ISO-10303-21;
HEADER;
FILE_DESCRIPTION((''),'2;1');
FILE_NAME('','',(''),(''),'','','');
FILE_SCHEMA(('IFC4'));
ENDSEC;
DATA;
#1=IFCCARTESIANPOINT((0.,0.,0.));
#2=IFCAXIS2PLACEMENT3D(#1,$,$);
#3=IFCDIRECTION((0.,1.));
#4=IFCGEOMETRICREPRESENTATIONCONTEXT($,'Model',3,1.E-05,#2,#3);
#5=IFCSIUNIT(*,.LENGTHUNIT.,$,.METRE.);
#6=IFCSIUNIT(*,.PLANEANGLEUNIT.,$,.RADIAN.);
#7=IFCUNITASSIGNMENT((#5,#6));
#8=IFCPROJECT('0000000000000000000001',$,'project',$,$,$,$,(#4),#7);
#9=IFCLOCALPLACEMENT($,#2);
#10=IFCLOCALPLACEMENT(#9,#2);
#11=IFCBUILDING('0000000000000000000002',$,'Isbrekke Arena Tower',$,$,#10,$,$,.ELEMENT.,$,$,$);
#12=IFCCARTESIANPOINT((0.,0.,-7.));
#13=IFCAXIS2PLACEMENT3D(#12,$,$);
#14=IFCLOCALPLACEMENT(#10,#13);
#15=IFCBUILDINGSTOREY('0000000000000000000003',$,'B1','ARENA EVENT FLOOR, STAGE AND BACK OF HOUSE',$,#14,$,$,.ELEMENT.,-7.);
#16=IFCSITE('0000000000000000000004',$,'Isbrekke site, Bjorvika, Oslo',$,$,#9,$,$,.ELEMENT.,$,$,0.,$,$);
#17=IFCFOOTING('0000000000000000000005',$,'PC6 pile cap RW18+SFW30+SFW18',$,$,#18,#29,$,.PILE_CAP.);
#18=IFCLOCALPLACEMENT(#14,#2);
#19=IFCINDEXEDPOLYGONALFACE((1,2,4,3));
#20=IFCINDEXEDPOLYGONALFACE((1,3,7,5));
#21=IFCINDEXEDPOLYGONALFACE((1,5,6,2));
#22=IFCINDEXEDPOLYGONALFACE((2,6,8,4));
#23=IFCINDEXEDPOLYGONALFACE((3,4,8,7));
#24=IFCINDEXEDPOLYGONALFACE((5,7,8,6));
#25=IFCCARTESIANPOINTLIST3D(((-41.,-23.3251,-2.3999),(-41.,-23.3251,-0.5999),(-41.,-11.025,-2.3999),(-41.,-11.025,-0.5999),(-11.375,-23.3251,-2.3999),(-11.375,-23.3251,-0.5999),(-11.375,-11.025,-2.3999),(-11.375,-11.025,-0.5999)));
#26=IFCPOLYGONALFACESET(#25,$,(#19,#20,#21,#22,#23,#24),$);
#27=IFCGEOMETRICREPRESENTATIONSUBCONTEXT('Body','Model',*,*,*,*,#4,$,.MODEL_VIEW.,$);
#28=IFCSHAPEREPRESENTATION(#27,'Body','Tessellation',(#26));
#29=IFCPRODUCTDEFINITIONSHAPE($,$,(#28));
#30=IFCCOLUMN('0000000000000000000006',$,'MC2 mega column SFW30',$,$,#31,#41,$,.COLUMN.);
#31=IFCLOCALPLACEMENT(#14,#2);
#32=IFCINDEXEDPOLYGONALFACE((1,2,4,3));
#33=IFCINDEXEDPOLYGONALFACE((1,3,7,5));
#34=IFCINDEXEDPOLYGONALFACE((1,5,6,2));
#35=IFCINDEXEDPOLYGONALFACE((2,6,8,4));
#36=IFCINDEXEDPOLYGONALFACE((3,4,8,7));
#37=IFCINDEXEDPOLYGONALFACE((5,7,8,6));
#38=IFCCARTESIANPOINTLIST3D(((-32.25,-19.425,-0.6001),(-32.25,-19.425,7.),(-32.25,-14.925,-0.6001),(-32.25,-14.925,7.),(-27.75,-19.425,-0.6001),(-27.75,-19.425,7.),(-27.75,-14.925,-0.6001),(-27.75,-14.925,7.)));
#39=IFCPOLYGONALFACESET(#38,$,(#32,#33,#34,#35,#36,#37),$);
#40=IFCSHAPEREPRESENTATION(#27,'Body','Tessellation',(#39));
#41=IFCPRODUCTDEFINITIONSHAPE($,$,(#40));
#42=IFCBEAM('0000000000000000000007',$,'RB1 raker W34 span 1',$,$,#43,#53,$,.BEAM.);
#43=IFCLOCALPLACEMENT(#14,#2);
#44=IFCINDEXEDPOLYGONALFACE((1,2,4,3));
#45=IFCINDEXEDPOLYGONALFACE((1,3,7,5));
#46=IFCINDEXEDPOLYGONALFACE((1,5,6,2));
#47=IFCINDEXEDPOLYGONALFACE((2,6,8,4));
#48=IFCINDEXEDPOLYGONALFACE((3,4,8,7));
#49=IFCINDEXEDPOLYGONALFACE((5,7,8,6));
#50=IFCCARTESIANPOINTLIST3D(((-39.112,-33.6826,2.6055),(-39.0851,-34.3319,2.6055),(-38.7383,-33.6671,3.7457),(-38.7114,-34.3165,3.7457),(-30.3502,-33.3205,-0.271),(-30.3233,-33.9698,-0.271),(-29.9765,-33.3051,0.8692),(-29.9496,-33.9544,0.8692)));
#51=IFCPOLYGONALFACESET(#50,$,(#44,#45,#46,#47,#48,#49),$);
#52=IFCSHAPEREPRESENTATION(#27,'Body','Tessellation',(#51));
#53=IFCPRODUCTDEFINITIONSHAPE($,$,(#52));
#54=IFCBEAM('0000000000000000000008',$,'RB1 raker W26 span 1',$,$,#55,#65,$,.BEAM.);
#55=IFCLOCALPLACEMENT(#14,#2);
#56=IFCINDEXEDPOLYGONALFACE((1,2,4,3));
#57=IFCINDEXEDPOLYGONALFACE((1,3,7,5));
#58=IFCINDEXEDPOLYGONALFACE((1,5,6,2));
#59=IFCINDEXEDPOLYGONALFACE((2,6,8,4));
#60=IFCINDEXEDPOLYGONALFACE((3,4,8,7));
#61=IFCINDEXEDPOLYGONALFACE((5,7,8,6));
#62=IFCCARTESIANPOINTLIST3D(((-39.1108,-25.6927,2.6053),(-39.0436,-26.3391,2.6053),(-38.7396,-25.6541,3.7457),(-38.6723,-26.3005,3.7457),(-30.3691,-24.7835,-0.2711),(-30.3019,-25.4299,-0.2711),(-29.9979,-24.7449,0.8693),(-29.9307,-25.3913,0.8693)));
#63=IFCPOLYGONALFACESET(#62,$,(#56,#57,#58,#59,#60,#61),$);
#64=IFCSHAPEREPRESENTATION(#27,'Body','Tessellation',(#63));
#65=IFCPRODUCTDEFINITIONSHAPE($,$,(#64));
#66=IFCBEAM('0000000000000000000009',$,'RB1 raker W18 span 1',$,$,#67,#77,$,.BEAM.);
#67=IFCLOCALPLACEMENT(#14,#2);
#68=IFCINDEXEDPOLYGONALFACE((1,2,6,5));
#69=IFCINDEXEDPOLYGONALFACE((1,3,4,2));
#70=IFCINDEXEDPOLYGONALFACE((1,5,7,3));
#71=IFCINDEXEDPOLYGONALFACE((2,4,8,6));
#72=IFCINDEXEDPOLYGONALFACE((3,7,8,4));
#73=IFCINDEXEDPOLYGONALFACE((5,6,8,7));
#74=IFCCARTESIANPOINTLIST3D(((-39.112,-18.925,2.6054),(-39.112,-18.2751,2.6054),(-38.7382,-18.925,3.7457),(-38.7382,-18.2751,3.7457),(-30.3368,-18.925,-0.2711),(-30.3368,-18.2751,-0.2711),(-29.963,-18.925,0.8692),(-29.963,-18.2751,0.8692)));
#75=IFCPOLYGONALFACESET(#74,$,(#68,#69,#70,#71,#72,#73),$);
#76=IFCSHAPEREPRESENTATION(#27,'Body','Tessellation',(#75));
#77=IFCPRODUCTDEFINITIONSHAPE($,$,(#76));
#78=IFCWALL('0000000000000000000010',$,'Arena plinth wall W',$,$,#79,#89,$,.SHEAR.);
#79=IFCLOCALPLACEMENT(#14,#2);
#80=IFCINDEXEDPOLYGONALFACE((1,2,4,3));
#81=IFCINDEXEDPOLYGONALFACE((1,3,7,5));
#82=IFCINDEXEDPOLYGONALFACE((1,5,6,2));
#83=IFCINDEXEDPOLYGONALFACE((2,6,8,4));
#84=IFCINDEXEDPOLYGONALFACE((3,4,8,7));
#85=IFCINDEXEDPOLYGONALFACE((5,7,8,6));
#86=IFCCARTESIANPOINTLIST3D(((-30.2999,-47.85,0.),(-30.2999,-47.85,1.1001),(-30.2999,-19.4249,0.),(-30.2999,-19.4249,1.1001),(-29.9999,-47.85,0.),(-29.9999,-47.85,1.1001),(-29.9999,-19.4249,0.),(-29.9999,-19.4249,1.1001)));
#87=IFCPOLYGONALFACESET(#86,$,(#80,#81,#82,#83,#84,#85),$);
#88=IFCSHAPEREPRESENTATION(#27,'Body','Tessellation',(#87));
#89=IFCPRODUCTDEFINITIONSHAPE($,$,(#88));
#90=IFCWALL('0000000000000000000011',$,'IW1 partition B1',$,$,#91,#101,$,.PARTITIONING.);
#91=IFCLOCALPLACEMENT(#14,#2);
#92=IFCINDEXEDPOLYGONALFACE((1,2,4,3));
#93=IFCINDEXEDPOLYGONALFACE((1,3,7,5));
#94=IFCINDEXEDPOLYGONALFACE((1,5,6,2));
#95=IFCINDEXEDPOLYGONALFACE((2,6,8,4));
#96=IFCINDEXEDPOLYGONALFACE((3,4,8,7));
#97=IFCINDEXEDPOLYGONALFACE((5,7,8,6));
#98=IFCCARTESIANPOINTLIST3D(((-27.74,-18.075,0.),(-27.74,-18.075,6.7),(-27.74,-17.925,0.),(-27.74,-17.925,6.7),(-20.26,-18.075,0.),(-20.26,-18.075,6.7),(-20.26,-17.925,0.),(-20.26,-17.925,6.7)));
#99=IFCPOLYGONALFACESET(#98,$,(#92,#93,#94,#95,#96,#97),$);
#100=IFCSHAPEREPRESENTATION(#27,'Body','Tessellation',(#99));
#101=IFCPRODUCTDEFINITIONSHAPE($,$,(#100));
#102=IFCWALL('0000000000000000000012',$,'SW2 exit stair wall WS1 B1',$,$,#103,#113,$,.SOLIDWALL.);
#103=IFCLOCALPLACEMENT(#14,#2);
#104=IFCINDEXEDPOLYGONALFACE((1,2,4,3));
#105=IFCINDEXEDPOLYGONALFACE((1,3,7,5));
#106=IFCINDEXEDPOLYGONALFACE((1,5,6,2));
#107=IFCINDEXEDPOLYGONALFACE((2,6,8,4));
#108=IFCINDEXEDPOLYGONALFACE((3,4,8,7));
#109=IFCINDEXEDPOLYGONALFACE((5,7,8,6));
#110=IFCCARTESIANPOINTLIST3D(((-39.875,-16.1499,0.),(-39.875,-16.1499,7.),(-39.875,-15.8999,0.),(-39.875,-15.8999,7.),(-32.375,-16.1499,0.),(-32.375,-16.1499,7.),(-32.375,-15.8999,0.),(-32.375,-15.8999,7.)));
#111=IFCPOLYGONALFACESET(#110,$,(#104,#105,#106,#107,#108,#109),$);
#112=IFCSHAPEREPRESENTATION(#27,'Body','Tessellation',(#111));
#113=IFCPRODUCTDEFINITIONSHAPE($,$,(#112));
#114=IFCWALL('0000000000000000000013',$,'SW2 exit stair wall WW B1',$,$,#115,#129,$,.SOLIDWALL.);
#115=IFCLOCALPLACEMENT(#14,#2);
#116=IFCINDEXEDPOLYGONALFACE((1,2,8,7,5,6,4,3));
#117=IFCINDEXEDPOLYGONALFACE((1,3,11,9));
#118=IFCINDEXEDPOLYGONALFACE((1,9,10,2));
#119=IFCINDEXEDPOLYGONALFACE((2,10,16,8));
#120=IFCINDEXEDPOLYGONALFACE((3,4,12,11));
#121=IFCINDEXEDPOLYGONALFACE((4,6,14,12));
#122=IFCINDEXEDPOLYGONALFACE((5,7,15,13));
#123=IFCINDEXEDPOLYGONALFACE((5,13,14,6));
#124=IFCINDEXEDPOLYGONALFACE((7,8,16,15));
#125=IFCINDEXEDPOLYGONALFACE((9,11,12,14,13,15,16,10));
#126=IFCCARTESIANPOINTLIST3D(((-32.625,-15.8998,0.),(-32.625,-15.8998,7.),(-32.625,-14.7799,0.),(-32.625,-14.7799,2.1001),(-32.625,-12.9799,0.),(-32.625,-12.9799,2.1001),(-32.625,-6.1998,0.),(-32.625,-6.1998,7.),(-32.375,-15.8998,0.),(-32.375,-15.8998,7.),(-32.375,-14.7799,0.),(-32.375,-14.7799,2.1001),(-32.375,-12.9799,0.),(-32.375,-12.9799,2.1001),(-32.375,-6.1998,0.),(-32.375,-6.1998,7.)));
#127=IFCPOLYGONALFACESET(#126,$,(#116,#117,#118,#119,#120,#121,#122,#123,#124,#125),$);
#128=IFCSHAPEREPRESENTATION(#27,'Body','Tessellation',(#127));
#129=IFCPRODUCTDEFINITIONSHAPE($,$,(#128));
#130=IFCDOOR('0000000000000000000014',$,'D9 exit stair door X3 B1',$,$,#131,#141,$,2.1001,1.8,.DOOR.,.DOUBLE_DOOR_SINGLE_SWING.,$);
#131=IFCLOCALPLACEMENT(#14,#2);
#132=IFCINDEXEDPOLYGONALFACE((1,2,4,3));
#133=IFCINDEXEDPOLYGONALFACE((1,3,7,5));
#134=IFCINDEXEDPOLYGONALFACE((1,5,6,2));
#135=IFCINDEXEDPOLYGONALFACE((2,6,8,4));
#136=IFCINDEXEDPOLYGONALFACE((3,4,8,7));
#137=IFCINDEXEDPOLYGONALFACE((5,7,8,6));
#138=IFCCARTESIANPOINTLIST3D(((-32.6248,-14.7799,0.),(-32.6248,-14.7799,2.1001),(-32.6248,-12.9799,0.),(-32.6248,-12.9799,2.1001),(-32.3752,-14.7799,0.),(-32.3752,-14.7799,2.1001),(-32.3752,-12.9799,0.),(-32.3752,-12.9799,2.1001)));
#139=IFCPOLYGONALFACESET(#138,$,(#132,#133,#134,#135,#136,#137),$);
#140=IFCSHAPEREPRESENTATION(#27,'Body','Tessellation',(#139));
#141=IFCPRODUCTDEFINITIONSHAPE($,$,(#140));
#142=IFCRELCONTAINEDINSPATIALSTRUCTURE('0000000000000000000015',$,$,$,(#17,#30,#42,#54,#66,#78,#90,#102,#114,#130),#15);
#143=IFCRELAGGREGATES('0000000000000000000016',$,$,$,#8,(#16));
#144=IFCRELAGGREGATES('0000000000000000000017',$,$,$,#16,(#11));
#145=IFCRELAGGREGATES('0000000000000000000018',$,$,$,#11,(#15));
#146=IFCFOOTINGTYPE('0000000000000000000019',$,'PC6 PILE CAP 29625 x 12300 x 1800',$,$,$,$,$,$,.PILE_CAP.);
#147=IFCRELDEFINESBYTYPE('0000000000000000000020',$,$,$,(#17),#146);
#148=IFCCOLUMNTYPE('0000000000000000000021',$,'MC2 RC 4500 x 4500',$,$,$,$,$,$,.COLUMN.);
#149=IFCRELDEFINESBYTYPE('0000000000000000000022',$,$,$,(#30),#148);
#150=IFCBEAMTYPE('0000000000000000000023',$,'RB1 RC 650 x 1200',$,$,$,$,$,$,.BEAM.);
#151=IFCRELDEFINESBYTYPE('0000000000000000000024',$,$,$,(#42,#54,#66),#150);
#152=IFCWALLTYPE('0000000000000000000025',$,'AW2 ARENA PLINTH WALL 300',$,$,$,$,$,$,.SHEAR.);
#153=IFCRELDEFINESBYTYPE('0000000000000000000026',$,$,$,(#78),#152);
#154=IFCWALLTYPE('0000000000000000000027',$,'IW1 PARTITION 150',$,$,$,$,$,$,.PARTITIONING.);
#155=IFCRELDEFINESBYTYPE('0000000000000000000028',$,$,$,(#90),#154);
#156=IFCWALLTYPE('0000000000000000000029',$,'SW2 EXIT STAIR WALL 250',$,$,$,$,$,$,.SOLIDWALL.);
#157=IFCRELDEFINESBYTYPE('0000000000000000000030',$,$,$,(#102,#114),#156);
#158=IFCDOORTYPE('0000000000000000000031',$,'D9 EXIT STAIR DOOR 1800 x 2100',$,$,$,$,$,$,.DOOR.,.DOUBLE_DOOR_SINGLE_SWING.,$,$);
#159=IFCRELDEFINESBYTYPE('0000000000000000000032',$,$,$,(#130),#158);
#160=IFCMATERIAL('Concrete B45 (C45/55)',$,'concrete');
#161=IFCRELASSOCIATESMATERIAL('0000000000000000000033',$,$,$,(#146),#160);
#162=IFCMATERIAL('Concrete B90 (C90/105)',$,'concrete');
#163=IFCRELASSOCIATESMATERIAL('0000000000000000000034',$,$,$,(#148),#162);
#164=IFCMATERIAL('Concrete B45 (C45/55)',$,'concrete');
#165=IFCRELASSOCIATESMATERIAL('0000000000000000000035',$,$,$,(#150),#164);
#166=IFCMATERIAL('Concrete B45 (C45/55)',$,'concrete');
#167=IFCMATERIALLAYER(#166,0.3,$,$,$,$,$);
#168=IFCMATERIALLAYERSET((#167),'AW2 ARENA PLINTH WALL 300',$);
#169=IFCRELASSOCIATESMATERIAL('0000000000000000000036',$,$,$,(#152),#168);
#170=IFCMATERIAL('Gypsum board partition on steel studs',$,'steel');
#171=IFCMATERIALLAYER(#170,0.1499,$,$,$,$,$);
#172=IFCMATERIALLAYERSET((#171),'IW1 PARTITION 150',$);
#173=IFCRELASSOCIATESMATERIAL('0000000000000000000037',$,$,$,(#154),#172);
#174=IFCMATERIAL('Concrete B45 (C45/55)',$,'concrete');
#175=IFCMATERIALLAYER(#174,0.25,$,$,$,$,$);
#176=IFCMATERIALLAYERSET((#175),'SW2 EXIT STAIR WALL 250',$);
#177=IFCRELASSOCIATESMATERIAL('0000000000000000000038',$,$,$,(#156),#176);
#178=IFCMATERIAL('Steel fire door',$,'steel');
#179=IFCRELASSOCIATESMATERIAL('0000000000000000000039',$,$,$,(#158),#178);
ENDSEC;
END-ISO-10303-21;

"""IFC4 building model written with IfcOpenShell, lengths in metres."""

from ifc_helpers import new_model, si_unit, direction, frame, frame_2d, origin, origin_2d, place, context, subcontext, project, spatial, rectangle, extrude, material, layer, layer_set, material_profile, profile_set, type_object, element, fill, save


model = new_model("IFC4")

# Units and contexts
model_context = context("Model", 3, precision=1e-05, world=origin(), true_north=direction((0.0, 1.0)))
body_context = subcontext(model_context, "Body", "Model", "MODEL_VIEW")
ifc_project = project(units=[si_unit("LENGTHUNIT", "METRE"), si_unit("PLANEANGLEUNIT", "RADIAN")], contexts=[model_context])

# Site, building, storey
site_placement = place(None, origin())
site = spatial("IfcSite", under=ifc_project, at=site_placement, Name="Isbrekke site, Bjorvika, Oslo", CompositionType="ELEMENT", RefElevation=0.0)
building_placement = place(site_placement, origin())
building = spatial("IfcBuilding", under=site, at=building_placement, Name="Isbrekke Arena Tower", CompositionType="ELEMENT")
storey_placement = place(building_placement, frame((0.0, 0.0, -7.0)))
storey = spatial("IfcBuildingStorey", under=building, at=storey_placement, Name="B1", Description="ARENA EVENT FLOOR, STAGE AND BACK OF HOUSE", CompositionType="ELEMENT", Elevation=-7.0)

# Footing
ifc_material_1 = material(Name="Concrete B45 (C45/55)", Category="concrete")
footing_type = type_object("IfcFootingType", Name="PC6 PILE CAP 29625 x 12300 x 1800", PredefinedType="PILE_CAP", material=ifc_material_1)
footing_placement = place(storey_placement, frame((-26.1875, -17.175, -2.3999), z_axis=(0.0, 0.0, 1.0), x_axis=(1.0, 0.0, 0.0)))
element("IfcFooting", 1, at=footing_placement, inside=storey, type_object=footing_type, Name="PC6 pile cap RW18+SFW30+SFW18", PredefinedType="PILE_CAP", context=body_context, shape_type="SweptSolid", body=[
    extrude(rectangle(XDim=29.625, YDim=12.3, at=origin_2d()), origin(), (0.0, 0.0, 1.0), 1.8),
])

# Column
ifc_material_2 = material(Name="Concrete B90 (C90/105)", Category="concrete")
ifc_material_profile_1 = material_profile(ifc_material_2, rectangle(XDim=4.5, YDim=4.5, at=origin_2d()), Name="RC 4500x4500")
ifc_profile_set_1 = profile_set([ifc_material_profile_1], Name="Concrete B90 (C90/105)")
column_type = type_object("IfcColumnType", Name="MC2 RC 4500 x 4500", PredefinedType="COLUMN", material=ifc_profile_set_1)
column_placement = place(storey_placement, frame((-30.0, -17.175, -0.6001), z_axis=(0.0, 0.0, 1.0), x_axis=(1.0, 0.0, 0.0)))
element("IfcColumn", 2, at=column_placement, inside=storey, type_object=column_type, Name="MC2 mega column SFW30", PredefinedType="COLUMN", context=body_context, shape_type="SweptSolid", body=[
    extrude(rectangle(XDim=4.5, YDim=4.5, at=origin_2d()), origin(), (0.0, 0.0, 1.0), 7.6001),
])

# Beams
ifc_material_3 = material(Name="Concrete B45 (C45/55)", Category="concrete")
ifc_material_profile_2 = material_profile(ifc_material_3, rectangle(XDim=0.6499, YDim=1.2, at=origin_2d()), Name="RC 650x1200")
ifc_profile_set_2 = profile_set([ifc_material_profile_2], Name="Concrete B45 (C45/55)")
beam_type = type_object("IfcBeamType", Name="RB1 RC 650 x 1200", PredefinedType="BEAM", material=ifc_profile_set_2)
beam_1_placement = place(storey_placement, frame((-30.1499, -33.6375, 0.2991), z_axis=(-0.949377, -0.039231, 0.31168), x_axis=(0.041288, -0.999147, 0.0)))
element("IfcBeam", 3, at=beam_1_placement, inside=storey, type_object=beam_type, Name="RB1 raker W34 span 1", PredefinedType="BEAM", context=body_context, shape_type="SweptSolid", body=[
    extrude(rectangle(XDim=0.6499, YDim=1.2, at=origin_2d()), origin(), (0.0, 0.0, 1.0), 9.229),
])
beam_2_placement = place(storey_placement, frame((-30.1499, -25.0874, 0.2991), z_axis=(-0.945295, -0.098315, 0.31105), x_axis=(0.103447, -0.994635, 0.0)))
element("IfcBeam", 4, at=beam_2_placement, inside=storey, type_object=beam_type, Name="RB1 raker W26 span 1", PredefinedType="BEAM", context=body_context, shape_type="SweptSolid", body=[
    extrude(rectangle(XDim=0.6499, YDim=1.2, at=origin_2d()), origin(), (0.0, 0.0, 1.0), 9.2476),
])
beam_3_placement = place(storey_placement, frame((-30.1499, -18.6001, 0.2991), z_axis=(-0.95025, 0.0, 0.311489), x_axis=(0.0, -1.0, 0.0)))
element("IfcBeam", 5, at=beam_3_placement, inside=storey, type_object=beam_type, Name="RB1 raker W18 span 1", PredefinedType="BEAM", context=body_context, shape_type="SweptSolid", body=[
    extrude(rectangle(XDim=0.6499, YDim=1.2, at=origin_2d()), origin(), (0.0, 0.0, 1.0), 9.2346),
])

# Walls
ifc_material_4 = material(Name="Concrete B45 (C45/55)", Category="concrete")
ifc_layer_1 = layer(ifc_material_4, 0.3)
ifc_layer_set_1 = layer_set([ifc_layer_1], Name="AW2 ARENA PLINTH WALL 300")
wall_type_1 = type_object("IfcWallType", Name="AW2 ARENA PLINTH WALL 300", PredefinedType="SHEAR", material=ifc_layer_set_1)
wall_1_placement = place(storey_placement, frame((-30.1499, -19.425, 0.0), z_axis=(0.0, 0.0, 1.0), x_axis=(0.0, -1.0, 0.0)))
element("IfcWall", 6, at=wall_1_placement, inside=storey, type_object=wall_type_1, Name="Arena plinth wall W", PredefinedType="SHEAR", context=body_context, shape_type="SweptSolid", body=[
    extrude(rectangle(XDim=28.425, YDim=0.3, at=frame_2d((14.2124, 0.0))), origin(), (0.0, 0.0, 1.0), 1.1001),
])
ifc_material_5 = material(Name="Gypsum board partition on steel studs", Category="steel")
ifc_layer_2 = layer(ifc_material_5, 0.1499)
ifc_layer_set_2 = layer_set([ifc_layer_2], Name="IW1 PARTITION 150")
wall_type_2 = type_object("IfcWallType", Name="IW1 PARTITION 150", PredefinedType="PARTITIONING", material=ifc_layer_set_2)
wall_2_placement = place(storey_placement, frame((-27.74, -18.0, 0.0), z_axis=(0.0, 0.0, 1.0), x_axis=(1.0, 0.0, 0.0)))
element("IfcWall", 7, at=wall_2_placement, inside=storey, type_object=wall_type_2, Name="IW1 partition B1", PredefinedType="PARTITIONING", context=body_context, shape_type="SweptSolid", body=[
    extrude(rectangle(XDim=7.48, YDim=0.1499, at=frame_2d((3.74, 0.0))), origin(), (0.0, 0.0, 1.0), 6.7),
])
ifc_material_6 = material(Name="Concrete B45 (C45/55)", Category="concrete")
ifc_layer_3 = layer(ifc_material_6, 0.25)
ifc_layer_set_3 = layer_set([ifc_layer_3], Name="SW2 EXIT STAIR WALL 250")
wall_type_3 = type_object("IfcWallType", Name="SW2 EXIT STAIR WALL 250", PredefinedType="SOLIDWALL", material=ifc_layer_set_3)
wall_3_placement = place(storey_placement, frame((-32.375, -16.0249, 0.0), z_axis=(0.0, 0.0, 1.0), x_axis=(-1.0, 0.0, 0.0)))
element("IfcWall", 8, at=wall_3_placement, inside=storey, type_object=wall_type_3, Name="SW2 exit stair wall WS1 B1", PredefinedType="SOLIDWALL", context=body_context, shape_type="SweptSolid", body=[
    extrude(rectangle(XDim=7.5, YDim=0.25, at=frame_2d((3.75, 0.0))), origin(), (0.0, 0.0, 1.0), 7.0),
])

# Wall, opening, door
wall_4_placement = place(storey_placement, frame((-32.5, -15.8999, 0.0), z_axis=(0.0, 0.0, 1.0), x_axis=(0.0, 1.0, 0.0)))
wall_4 = element("IfcWall", 9, at=wall_4_placement, inside=storey, type_object=wall_type_3, Name="SW2 exit stair wall WW B1", PredefinedType="SOLIDWALL", context=body_context, shape_type="SweptSolid", body=[
    extrude(rectangle(XDim=9.7, YDim=0.25, at=frame_2d((4.8501, 0.0))), origin(), (0.0, 0.0, 1.0), 7.0),
])
opening_placement = place(wall_4_placement, frame((1.1201, 0.0, 0.0)))
opening = element("IfcOpeningElement", 10, at=opening_placement, cuts=wall_4, PredefinedType="OPENING", context=body_context, shape_type="SweptSolid", body=[
    extrude(rectangle(XDim=1.8, YDim=2.1001, at=frame_2d((0.8999, 1.05))), frame((0.0, 0.1399, 0.0), z_axis=(0.0, -1.0, 0.0), x_axis=(1.0, 0.0, 0.0)), (0.0, 0.0, 1.0), 0.2798),
])
ifc_material_7 = material(Name="Steel fire door", Category="steel")
door_type = type_object("IfcDoorType", Name="D9 EXIT STAIR DOOR 1800 x 2100", OperationType="DOUBLE_DOOR_SINGLE_SWING", PredefinedType="DOOR", material=ifc_material_7)
door_placement = place(opening_placement, origin())
door = element("IfcDoor", 11, at=door_placement, inside=storey, type_object=door_type, Name="D9 exit stair door X3 B1", OperationType="DOUBLE_DOOR_SINGLE_SWING", OverallHeight=2.1001, OverallWidth=1.8, PredefinedType="DOOR", context=body_context, shape_type="SweptSolid", body=[
    extrude(rectangle(XDim=1.8, YDim=2.1001, at=frame_2d((0.8999, 1.05))), frame((0.0, 0.1248, 0.0), z_axis=(0.0, -1.0, 0.0), x_axis=(1.0, 0.0, 0.0)), (0.0, 0.0, 1.0), 0.2495),
])
fill(opening, door)

save(model, "model.ifc")
